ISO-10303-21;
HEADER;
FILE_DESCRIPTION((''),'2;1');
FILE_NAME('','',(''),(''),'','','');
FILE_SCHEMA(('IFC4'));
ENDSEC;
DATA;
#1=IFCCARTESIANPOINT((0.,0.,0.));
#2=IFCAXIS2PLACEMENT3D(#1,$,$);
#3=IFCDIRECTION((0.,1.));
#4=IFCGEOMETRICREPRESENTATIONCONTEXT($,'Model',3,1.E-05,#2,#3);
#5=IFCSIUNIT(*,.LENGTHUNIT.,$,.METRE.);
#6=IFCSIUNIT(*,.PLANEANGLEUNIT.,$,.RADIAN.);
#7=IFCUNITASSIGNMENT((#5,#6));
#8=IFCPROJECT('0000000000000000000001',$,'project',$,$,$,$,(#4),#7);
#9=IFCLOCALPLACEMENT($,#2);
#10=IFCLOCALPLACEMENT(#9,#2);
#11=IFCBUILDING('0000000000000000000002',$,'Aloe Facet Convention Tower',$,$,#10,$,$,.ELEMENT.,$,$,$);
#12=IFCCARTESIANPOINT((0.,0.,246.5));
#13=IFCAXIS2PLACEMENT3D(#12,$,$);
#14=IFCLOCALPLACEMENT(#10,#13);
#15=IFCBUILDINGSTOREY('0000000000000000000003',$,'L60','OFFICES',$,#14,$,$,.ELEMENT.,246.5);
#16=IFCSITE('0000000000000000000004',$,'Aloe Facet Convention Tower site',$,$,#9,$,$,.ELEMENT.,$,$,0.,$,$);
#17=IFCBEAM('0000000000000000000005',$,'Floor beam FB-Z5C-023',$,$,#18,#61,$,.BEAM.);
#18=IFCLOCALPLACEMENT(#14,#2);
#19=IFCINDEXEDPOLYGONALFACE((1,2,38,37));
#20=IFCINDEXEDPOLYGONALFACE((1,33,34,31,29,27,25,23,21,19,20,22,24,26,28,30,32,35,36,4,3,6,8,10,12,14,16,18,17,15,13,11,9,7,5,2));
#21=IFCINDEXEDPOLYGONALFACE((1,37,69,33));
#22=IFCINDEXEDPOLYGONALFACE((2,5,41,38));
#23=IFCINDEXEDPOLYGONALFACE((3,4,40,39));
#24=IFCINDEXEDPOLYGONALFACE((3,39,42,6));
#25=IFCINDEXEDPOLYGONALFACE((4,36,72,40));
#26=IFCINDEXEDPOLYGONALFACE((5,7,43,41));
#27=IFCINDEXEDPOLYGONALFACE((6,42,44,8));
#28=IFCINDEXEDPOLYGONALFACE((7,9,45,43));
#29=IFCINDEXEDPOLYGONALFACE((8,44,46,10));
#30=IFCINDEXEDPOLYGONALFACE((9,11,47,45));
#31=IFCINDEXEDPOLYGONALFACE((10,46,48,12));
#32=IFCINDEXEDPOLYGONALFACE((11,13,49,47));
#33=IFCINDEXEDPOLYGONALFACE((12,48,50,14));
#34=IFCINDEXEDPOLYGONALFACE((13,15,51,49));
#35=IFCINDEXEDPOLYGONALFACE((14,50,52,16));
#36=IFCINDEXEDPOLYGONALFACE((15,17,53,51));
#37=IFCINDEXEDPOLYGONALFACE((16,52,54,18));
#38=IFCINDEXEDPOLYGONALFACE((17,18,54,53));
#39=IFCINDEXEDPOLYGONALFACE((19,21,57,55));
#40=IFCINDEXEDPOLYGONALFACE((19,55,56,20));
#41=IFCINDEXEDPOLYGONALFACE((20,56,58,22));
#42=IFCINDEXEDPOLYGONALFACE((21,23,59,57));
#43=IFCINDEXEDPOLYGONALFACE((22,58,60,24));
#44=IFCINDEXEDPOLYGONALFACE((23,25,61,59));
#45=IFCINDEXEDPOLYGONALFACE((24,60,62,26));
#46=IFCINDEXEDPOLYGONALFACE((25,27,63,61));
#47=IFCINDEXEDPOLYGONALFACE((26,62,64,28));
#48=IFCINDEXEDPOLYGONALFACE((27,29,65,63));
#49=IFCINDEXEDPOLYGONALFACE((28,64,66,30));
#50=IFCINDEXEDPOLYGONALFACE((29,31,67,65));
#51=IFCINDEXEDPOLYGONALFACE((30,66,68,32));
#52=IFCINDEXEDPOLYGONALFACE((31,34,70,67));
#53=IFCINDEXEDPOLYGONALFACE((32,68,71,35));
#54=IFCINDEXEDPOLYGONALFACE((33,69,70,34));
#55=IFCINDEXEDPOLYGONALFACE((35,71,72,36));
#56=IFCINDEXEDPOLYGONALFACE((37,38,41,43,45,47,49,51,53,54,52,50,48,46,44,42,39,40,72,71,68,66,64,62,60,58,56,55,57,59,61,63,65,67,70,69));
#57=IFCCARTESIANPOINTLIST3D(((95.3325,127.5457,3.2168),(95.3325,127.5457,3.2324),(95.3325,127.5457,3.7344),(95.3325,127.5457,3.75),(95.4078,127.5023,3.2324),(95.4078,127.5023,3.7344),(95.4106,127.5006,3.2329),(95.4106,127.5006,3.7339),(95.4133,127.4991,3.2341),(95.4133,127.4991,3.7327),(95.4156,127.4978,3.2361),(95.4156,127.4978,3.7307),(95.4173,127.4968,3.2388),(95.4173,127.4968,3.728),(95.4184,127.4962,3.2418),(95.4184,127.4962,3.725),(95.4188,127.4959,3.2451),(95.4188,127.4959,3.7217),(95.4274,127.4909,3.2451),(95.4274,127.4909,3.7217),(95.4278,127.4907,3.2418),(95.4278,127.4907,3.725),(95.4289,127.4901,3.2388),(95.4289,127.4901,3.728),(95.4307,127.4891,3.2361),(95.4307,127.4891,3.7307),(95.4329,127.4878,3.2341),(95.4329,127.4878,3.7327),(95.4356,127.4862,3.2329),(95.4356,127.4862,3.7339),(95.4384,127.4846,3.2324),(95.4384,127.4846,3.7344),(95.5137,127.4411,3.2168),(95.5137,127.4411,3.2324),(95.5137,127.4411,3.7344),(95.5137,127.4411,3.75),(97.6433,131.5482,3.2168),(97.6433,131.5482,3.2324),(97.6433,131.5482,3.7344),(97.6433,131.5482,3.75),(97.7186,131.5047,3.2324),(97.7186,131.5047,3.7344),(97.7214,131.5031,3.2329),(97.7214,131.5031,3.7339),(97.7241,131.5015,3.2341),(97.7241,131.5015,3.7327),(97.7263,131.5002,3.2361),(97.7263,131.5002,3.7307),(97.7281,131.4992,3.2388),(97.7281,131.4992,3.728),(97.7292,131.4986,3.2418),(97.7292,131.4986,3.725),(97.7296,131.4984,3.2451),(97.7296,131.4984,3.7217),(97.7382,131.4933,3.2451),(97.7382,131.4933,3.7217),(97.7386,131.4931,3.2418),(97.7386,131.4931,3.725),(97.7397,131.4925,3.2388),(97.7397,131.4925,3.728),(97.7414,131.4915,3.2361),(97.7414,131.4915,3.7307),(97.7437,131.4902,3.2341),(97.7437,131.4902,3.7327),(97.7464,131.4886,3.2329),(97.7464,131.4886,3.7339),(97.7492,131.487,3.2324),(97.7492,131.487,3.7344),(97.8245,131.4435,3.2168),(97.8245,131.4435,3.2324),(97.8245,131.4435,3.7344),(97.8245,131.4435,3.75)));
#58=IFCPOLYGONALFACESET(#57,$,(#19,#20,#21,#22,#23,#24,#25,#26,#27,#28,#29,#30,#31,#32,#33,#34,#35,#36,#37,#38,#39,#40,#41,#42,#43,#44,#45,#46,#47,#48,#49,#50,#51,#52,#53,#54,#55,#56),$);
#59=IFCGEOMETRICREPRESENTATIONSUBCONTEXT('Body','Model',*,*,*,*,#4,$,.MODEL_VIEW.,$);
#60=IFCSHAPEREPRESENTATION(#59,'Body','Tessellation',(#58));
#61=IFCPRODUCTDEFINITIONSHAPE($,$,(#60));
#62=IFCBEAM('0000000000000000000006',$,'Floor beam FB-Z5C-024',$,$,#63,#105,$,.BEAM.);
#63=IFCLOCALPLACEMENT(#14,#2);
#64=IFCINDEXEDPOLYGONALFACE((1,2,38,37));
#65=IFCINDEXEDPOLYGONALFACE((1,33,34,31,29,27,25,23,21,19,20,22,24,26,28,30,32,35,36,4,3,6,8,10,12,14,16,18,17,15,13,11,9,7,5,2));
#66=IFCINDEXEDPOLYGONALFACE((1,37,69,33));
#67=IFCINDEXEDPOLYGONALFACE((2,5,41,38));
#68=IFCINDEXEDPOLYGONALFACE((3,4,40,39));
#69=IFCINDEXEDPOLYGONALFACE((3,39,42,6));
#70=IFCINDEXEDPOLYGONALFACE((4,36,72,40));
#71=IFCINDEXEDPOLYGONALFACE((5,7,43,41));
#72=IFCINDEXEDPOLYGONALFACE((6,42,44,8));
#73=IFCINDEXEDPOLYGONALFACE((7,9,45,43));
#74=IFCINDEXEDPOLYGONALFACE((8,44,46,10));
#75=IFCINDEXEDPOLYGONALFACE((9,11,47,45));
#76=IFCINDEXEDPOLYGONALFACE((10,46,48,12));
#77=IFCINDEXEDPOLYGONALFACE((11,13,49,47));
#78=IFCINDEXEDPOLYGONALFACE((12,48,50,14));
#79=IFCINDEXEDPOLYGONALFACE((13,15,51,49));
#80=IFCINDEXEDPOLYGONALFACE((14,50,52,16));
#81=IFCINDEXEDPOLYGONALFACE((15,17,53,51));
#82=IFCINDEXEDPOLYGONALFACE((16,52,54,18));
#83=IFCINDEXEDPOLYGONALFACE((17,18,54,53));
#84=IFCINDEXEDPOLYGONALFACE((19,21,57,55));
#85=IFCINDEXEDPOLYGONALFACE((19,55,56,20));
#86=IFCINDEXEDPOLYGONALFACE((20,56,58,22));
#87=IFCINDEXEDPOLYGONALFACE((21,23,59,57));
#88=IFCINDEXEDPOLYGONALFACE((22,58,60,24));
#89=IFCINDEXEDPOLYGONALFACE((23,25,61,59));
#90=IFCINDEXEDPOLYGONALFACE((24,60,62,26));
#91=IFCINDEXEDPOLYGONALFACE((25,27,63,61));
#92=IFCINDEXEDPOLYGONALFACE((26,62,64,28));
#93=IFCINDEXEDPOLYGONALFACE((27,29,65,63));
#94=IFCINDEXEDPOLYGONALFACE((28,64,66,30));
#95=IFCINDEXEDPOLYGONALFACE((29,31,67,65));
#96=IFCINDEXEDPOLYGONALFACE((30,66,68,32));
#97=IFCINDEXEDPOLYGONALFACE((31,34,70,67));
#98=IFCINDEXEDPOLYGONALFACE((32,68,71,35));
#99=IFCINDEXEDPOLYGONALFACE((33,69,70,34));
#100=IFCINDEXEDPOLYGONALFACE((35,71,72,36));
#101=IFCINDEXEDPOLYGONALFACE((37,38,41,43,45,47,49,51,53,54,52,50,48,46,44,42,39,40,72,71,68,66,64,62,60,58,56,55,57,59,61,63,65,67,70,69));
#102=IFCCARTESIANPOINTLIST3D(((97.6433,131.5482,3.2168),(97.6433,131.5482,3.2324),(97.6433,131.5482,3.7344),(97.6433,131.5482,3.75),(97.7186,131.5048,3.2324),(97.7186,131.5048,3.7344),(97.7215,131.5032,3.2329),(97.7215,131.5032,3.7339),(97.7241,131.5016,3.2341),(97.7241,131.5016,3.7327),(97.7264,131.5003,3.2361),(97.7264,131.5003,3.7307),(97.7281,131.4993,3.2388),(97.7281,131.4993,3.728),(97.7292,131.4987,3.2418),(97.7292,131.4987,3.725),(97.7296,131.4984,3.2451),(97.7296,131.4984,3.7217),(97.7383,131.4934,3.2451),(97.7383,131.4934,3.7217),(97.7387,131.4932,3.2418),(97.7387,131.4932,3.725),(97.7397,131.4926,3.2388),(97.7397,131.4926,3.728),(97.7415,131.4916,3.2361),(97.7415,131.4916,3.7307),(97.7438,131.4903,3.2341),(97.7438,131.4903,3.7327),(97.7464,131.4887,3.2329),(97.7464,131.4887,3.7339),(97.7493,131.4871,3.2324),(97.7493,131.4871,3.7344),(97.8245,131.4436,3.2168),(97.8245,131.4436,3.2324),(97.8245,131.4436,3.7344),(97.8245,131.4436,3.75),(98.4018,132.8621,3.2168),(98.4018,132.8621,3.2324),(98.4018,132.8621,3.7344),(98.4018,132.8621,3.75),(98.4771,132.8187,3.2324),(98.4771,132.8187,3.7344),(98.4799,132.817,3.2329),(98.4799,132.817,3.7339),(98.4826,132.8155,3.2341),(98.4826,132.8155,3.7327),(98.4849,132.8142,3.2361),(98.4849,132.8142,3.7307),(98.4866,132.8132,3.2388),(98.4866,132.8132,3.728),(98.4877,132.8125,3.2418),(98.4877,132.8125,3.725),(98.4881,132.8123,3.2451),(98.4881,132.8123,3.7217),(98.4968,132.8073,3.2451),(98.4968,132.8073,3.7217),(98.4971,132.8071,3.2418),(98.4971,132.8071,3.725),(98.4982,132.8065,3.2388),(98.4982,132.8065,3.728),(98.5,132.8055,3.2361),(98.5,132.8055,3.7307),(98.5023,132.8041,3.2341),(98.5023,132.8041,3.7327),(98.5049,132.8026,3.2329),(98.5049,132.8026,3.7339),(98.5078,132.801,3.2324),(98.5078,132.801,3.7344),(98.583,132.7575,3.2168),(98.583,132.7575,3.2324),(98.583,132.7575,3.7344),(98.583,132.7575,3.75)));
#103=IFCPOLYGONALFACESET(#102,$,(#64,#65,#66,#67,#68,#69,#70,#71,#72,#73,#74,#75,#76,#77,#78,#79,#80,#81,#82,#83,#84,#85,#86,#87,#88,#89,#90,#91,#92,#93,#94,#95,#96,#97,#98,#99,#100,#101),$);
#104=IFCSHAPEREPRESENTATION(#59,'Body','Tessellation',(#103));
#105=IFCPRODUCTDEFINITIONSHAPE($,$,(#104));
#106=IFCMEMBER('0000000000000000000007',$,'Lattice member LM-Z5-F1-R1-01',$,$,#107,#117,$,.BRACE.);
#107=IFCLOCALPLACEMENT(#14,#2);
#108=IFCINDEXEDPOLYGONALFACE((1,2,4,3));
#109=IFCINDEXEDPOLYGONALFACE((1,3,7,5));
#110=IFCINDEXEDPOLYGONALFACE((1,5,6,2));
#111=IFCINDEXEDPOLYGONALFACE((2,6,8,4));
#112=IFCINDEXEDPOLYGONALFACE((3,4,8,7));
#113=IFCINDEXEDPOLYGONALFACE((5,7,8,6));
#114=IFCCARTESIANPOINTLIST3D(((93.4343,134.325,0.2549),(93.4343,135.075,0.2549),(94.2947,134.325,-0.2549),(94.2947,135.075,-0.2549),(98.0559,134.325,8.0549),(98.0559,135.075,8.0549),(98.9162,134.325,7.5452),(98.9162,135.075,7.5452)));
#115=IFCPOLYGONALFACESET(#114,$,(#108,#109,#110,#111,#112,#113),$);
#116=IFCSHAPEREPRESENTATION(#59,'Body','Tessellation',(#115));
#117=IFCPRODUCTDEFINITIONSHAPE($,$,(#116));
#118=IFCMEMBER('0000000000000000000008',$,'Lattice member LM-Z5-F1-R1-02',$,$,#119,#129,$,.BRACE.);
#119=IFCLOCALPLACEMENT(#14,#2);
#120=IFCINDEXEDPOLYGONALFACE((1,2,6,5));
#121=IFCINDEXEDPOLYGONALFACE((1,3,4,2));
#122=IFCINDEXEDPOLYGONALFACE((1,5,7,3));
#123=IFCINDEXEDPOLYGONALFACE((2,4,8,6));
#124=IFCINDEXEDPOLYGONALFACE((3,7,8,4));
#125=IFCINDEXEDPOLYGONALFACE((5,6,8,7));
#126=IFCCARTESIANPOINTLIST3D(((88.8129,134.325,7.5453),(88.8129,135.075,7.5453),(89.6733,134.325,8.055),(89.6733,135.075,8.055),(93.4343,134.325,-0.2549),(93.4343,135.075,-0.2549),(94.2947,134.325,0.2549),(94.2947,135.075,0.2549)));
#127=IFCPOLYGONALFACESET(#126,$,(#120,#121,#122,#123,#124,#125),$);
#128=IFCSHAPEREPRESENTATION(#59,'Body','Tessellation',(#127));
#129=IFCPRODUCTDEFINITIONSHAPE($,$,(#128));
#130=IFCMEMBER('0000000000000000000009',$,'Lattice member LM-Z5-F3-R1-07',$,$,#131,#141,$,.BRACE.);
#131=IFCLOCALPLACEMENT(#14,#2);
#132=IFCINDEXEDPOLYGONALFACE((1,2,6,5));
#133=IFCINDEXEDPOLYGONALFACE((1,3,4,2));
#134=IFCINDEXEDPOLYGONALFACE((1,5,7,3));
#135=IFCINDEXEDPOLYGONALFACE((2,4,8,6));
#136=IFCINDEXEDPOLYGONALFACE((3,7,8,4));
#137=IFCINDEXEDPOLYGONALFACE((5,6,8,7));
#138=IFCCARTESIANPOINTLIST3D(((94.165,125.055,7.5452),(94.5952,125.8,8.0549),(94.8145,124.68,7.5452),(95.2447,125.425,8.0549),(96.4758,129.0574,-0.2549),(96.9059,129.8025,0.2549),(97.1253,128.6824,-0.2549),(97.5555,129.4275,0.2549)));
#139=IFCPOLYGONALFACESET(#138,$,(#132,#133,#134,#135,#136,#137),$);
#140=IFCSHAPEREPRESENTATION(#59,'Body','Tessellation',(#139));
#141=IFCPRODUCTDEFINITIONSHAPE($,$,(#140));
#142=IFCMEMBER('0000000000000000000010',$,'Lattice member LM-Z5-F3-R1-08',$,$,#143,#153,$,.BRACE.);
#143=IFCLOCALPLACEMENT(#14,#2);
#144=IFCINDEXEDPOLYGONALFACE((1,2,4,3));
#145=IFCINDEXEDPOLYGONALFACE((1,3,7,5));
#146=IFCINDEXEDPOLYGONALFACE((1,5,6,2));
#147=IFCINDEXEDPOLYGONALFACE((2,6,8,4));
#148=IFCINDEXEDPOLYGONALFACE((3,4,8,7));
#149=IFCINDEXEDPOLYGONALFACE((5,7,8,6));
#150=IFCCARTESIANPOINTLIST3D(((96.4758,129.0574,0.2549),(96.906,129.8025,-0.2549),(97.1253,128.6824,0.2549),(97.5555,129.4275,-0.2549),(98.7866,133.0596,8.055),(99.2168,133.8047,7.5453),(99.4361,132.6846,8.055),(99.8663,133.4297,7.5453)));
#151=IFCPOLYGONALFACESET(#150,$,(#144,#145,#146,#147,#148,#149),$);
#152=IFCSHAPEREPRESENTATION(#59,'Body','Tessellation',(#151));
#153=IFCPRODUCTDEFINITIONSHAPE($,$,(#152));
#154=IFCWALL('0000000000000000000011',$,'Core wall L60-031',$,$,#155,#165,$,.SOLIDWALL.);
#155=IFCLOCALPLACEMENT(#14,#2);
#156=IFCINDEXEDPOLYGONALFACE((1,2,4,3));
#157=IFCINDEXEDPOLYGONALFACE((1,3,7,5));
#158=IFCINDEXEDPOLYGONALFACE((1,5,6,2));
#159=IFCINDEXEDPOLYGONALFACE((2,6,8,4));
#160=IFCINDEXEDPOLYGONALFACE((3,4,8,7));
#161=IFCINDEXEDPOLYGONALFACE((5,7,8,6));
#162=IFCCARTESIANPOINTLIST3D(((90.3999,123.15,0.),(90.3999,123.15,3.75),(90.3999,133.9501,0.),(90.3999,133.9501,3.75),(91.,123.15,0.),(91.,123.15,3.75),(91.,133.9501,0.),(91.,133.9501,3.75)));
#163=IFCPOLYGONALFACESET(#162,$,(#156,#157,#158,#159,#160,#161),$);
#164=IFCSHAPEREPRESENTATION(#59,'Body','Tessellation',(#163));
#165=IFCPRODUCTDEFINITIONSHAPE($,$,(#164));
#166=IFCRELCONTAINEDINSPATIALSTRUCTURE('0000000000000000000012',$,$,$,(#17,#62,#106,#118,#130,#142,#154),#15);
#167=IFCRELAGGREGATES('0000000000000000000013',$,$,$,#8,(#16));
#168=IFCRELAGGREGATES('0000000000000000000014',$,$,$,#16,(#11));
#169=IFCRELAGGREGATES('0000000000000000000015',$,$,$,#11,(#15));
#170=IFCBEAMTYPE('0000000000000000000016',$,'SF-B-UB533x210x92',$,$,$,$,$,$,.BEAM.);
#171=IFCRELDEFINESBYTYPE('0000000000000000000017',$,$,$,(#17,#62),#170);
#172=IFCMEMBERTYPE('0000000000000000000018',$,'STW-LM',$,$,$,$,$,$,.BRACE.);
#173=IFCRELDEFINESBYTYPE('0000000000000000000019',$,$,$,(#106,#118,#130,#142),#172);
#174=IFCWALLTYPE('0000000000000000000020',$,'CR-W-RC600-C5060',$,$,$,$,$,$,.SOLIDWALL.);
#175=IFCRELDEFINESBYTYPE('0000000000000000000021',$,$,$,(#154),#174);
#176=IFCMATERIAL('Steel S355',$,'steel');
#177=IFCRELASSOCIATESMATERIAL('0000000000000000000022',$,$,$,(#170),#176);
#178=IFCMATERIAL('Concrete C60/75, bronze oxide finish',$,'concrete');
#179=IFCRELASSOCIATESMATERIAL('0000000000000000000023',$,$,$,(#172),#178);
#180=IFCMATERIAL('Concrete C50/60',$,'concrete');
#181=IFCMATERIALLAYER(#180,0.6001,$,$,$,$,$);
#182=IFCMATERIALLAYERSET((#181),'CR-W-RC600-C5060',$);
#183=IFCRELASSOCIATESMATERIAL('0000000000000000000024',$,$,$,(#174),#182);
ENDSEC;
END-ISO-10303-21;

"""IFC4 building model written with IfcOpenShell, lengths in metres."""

from ifc_helpers import new_model, si_unit, direction, frame, frame_2d, origin, origin_2d, place, context, subcontext, project, spatial, rectangle, i_section, extrude, material, layer, layer_set, material_profile, profile_set, type_object, element, save


model = new_model("IFC4")

# Units and contexts
model_context = context("Model", 3, precision=1e-05, world=origin(), true_north=direction((0.0, 1.0)))
body_context = subcontext(model_context, "Body", "Model", "MODEL_VIEW")
ifc_project = project(units=[si_unit("LENGTHUNIT", "METRE"), si_unit("PLANEANGLEUNIT", "RADIAN")], contexts=[model_context])

# Site, building, storey
site_placement = place(None, origin())
site = spatial("IfcSite", under=ifc_project, at=site_placement, Name="Aloe Facet Convention Tower site", CompositionType="ELEMENT", RefElevation=0.0)
building_placement = place(site_placement, origin())
building = spatial("IfcBuilding", under=site, at=building_placement, Name="Aloe Facet Convention Tower", CompositionType="ELEMENT")
storey_placement = place(building_placement, frame((0.0, 0.0, 246.5)))
storey = spatial("IfcBuildingStorey", under=building, at=storey_placement, Name="L60", Description="OFFICES", CompositionType="ELEMENT", Elevation=246.5)

# Beams
ifc_material_1 = material(Name="Steel S355", Category="steel")
ifc_material_profile_1 = material_profile(ifc_material_1, i_section(OverallWidth=0.2092, OverallDepth=0.5332, WebThickness=0.01, FlangeThickness=0.0156, FilletRadius=0.0127, at=origin_2d()), Name="UB 533x210x92")
ifc_profile_set_1 = profile_set([ifc_material_profile_1], Name="Steel S355")
beam_type_1 = type_object("IfcBeamType", Name="SF-B-UB533x210x92", PredefinedType="BEAM", material=ifc_profile_set_1)
beam_1_placement = place(storey_placement, frame((97.7339, 131.4958, 3.4834), z_axis=(-0.499997, -0.866027, 0.0), x_axis=(0.866027, -0.499997, 0.0)))
element("IfcBeam", 1, at=beam_1_placement, inside=storey, type_object=beam_type_1, Name="Floor beam FB-Z5C-023", PredefinedType="BEAM", context=body_context, shape_type="SweptSolid", body=[
    extrude(i_section(OverallWidth=0.2092, OverallDepth=0.5332, WebThickness=0.01, FlangeThickness=0.0156, FilletRadius=0.0127, at=origin_2d()), origin(), (0.0, 0.0, 1.0), 4.6216),
])
beam_2_placement = place(storey_placement, frame((98.4924, 132.8098, 3.4834), z_axis=(-0.499964, -0.866046, 0.0), x_axis=(0.866046, -0.499964, 0.0)))
element("IfcBeam", 2, at=beam_2_placement, inside=storey, type_object=beam_type_1, Name="Floor beam FB-Z5C-024", PredefinedType="BEAM", context=body_context, shape_type="SweptSolid", body=[
    extrude(i_section(OverallWidth=0.2092, OverallDepth=0.5332, WebThickness=0.01, FlangeThickness=0.0156, FilletRadius=0.0127, at=origin_2d()), origin(), (0.0, 0.0, 1.0), 1.5171),
])

# Members
ifc_material_2 = material(Name="Concrete C60/75, bronze oxide finish", Category="concrete")
ifc_material_profile_2 = material_profile(ifc_material_2, rectangle(XDim=0.75, YDim=1.0, at=origin_2d()), Name="STW-LM")
ifc_profile_set_2 = profile_set([ifc_material_profile_2], Name="Concrete C60/75, bronze oxide finish")
member_type = type_object("IfcMemberType", Name="STW-LM", PredefinedType="BRACE", material=ifc_profile_set_2)
for number, where, z_axis, x_axis, name in (
    (3, (93.8645, 134.7, 0.0), (0.509748, 0.0, 0.860324), (0.0, 1.0, 0.0), "Lattice member LM-Z5-F1-R1-01"),
    (4, (93.8645, 134.7, 0.0), (-0.509728, 0.0, 0.860336), (0.0, -1.0, 0.0), "Lattice member LM-Z5-F1-R1-02"),
    (5, (97.0156, 129.2424, 0.0), (-0.254873, -0.441458, 0.860322), (0.866027, -0.499997, 0.0), "Lattice member LM-Z5-F3-R1-07"),
    (6, (97.0156, 129.2424, 0.0), (0.254876, 0.441436, 0.860333), (-0.866014, 0.50002, 0.0), "Lattice member LM-Z5-F3-R1-08"),
):
    element("IfcMember", number, at=place(storey_placement, frame(where, z_axis=z_axis, x_axis=x_axis)), inside=storey, type_object=member_type, Name=name, PredefinedType="BRACE", context=body_context, shape_type="SweptSolid", body=[
        extrude(rectangle(XDim=0.75, YDim=1.0, at=origin_2d()), origin(), (0.0, 0.0, 1.0), 9.0664),
    ])

# Wall
ifc_material_3 = material(Name="Concrete C50/60", Category="concrete")
ifc_layer_1 = layer(ifc_material_3, 0.6001)
ifc_layer_set_1 = layer_set([ifc_layer_1], Name="CR-W-RC600-C5060")
wall_type_1 = type_object("IfcWallType", Name="CR-W-RC600-C5060", PredefinedType="SOLIDWALL", material=ifc_layer_set_1)
wall_1_placement = place(storey_placement, frame((90.7, 133.95, 0.0), z_axis=(0.0, 0.0, 1.0), x_axis=(0.0, -1.0, 0.0)))
element("IfcWall", 7, at=wall_1_placement, inside=storey, type_object=wall_type_1, Name="Core wall L60-031", PredefinedType="SOLIDWALL", context=body_context, shape_type="SweptSolid", body=[
    extrude(rectangle(XDim=10.8, YDim=0.6001, at=frame_2d((5.3999, 0.0))), origin(), (0.0, 0.0, 1.0), 3.75),
])

save(model, "model.ifc")
